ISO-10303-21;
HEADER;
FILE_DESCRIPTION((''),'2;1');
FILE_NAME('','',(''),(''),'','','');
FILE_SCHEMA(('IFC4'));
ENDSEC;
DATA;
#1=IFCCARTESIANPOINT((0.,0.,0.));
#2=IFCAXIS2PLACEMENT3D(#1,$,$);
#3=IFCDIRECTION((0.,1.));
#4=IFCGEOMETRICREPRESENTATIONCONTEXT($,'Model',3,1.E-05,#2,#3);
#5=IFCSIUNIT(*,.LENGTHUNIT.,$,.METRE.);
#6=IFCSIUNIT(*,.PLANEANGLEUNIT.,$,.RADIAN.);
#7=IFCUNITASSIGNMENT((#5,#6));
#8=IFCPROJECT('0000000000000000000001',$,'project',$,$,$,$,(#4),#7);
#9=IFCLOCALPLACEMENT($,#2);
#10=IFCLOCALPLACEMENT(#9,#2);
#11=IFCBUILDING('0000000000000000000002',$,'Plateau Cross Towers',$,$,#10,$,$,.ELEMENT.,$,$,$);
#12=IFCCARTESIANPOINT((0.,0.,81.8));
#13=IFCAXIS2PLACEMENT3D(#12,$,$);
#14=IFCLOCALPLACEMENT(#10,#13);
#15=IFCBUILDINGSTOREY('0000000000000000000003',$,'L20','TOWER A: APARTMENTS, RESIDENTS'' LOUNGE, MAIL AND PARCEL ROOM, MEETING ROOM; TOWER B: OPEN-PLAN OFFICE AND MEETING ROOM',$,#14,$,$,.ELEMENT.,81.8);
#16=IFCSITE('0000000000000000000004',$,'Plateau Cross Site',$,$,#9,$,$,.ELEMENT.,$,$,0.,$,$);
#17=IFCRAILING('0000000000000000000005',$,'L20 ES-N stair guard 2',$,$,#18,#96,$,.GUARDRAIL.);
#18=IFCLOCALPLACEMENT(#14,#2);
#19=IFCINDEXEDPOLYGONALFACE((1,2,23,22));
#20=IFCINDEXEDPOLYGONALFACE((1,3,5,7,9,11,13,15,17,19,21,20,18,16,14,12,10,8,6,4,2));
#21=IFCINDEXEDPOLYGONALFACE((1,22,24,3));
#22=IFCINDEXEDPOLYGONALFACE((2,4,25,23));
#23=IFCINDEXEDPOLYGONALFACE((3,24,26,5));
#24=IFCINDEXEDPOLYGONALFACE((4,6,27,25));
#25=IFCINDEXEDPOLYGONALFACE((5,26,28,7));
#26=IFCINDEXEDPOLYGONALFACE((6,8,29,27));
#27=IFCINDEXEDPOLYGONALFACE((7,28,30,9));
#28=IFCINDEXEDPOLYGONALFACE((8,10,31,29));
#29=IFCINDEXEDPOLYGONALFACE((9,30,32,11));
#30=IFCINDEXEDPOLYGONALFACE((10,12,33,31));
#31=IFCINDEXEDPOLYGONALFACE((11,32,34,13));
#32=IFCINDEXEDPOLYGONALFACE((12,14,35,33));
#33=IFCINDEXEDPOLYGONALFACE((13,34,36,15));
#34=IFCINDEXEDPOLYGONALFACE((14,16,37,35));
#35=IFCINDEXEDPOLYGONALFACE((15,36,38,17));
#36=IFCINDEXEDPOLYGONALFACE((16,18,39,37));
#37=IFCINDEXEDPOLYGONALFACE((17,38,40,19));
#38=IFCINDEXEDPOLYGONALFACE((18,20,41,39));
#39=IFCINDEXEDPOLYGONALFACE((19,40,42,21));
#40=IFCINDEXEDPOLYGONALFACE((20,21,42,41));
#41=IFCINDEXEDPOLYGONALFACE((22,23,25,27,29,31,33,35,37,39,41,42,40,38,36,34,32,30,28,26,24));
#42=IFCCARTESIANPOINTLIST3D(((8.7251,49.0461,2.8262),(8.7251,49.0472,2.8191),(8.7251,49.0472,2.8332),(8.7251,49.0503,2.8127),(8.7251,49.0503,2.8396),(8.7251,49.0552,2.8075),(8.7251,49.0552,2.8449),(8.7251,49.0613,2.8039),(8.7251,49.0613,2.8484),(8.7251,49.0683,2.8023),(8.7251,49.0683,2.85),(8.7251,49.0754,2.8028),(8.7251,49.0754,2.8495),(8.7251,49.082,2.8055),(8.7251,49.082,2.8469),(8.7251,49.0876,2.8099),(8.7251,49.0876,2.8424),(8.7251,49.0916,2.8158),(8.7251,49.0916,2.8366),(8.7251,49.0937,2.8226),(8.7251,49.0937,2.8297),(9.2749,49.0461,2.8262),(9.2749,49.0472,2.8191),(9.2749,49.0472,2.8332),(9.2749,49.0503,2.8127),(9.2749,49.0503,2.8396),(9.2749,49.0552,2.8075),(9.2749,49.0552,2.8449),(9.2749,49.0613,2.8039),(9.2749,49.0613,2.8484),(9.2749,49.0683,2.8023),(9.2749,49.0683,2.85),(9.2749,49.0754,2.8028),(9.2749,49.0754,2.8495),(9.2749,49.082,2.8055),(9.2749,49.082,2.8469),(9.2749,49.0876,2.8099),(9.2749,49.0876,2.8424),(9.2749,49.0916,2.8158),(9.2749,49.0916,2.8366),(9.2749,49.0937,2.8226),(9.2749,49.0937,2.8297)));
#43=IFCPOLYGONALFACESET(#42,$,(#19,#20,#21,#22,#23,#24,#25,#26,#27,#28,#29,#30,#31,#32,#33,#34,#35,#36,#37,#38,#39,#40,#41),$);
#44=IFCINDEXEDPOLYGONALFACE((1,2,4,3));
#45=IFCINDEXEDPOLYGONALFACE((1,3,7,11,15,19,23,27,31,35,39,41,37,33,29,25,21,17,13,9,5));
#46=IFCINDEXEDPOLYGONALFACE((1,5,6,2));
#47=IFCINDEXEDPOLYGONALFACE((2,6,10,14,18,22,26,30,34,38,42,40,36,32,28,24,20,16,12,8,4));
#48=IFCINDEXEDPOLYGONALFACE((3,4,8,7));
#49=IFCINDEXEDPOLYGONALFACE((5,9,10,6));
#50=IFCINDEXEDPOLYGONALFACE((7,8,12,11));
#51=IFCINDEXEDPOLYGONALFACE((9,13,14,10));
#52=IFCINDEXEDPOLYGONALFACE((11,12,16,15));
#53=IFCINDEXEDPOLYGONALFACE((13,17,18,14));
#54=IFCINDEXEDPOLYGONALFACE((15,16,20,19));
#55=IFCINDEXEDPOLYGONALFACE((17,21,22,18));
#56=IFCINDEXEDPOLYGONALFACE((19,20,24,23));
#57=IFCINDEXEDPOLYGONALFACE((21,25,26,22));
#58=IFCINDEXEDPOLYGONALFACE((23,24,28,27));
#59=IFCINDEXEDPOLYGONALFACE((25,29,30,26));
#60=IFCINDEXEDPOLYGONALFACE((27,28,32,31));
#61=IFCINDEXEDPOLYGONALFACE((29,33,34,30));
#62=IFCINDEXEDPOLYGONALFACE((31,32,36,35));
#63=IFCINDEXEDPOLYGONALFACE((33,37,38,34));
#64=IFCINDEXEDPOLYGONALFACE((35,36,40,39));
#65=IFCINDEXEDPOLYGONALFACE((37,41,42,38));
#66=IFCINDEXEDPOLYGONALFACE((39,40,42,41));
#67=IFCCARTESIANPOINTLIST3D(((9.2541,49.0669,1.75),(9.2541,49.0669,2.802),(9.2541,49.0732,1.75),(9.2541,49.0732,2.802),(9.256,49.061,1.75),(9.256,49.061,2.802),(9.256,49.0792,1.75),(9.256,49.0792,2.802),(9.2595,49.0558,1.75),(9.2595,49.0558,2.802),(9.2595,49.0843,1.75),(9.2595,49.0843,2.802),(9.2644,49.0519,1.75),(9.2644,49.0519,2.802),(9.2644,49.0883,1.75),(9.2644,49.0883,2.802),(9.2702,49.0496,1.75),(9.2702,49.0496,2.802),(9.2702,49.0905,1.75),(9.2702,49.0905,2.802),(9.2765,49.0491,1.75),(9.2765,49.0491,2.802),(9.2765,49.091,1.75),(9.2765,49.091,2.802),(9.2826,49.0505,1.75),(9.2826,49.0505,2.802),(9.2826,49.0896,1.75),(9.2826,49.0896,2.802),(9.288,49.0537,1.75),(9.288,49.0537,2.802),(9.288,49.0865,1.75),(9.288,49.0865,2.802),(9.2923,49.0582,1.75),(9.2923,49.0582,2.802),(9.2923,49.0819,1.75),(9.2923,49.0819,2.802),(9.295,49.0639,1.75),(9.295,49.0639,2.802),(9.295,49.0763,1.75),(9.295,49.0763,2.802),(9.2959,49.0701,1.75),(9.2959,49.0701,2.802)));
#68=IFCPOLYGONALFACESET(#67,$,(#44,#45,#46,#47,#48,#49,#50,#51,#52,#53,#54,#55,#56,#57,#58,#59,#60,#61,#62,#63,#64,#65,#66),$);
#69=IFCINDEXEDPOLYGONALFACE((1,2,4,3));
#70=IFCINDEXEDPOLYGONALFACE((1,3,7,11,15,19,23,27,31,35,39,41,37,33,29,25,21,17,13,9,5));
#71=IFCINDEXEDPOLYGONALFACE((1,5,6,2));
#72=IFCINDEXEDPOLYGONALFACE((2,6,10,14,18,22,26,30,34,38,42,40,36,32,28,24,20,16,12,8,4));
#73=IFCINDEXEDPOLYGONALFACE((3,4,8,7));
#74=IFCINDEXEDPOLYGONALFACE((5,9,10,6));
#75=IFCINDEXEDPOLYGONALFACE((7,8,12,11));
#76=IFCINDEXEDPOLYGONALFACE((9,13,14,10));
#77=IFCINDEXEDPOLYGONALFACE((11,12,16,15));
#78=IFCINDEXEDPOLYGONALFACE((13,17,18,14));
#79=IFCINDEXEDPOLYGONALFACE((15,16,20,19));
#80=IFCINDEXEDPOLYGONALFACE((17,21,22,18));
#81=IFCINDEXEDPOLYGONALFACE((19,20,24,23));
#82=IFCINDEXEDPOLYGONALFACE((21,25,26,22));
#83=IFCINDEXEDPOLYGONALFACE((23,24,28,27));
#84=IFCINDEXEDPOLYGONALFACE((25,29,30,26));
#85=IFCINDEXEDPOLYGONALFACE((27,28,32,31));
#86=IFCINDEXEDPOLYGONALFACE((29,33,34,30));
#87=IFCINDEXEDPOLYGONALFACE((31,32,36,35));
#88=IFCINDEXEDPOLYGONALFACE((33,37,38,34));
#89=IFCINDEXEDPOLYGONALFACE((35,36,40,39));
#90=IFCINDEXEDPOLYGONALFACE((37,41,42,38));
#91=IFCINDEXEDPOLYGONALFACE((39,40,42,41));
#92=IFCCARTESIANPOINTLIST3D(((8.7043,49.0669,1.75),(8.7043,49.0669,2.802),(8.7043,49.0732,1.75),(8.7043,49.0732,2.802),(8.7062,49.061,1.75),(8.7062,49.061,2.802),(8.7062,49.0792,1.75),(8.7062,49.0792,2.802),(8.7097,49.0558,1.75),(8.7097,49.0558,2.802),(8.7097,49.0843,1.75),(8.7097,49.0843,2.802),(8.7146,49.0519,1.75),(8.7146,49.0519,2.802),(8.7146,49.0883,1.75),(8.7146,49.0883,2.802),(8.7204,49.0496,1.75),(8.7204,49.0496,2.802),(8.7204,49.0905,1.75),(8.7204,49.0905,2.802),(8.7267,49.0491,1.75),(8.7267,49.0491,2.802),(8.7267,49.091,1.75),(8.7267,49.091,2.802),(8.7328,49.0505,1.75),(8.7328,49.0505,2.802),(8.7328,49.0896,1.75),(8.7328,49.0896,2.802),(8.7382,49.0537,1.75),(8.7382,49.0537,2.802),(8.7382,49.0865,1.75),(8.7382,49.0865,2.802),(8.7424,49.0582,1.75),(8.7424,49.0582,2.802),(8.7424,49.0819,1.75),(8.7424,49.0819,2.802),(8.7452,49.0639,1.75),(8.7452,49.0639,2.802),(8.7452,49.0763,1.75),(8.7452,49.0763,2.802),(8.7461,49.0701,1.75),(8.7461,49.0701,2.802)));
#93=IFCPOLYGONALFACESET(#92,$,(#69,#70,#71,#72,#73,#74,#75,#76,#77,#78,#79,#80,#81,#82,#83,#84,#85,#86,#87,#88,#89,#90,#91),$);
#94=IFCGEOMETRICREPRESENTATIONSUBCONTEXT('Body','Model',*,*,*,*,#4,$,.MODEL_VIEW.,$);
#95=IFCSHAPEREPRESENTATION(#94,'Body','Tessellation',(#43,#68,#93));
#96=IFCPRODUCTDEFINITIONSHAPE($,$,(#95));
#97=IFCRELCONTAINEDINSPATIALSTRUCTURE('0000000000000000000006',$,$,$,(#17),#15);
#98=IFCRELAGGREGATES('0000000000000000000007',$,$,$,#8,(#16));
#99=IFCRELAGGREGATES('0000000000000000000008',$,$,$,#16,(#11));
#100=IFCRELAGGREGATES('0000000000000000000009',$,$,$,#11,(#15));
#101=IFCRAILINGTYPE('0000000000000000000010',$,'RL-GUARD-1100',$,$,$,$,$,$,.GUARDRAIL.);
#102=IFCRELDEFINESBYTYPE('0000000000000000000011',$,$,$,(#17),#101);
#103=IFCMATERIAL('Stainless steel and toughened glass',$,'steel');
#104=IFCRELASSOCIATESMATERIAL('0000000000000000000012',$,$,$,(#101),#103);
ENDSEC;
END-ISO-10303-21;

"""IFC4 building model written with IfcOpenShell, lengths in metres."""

from ifc_helpers import new_model, si_unit, direction, frame, origin, origin_2d, place, context, subcontext, project, spatial, circle, extrude, material, type_object, element, save


model = new_model("IFC4")

# Units and contexts
model_context = context("Model", 3, precision=1e-05, world=origin(), true_north=direction((0.0, 1.0)))
body_context = subcontext(model_context, "Body", "Model", "MODEL_VIEW")
ifc_project = project(units=[si_unit("LENGTHUNIT", "METRE"), si_unit("PLANEANGLEUNIT", "RADIAN")], contexts=[model_context])

# Site, building, storey
site_placement = place(None, origin())
site = spatial("IfcSite", under=ifc_project, at=site_placement, Name="Plateau Cross Site", CompositionType="ELEMENT", RefElevation=0.0)
building_placement = place(site_placement, origin())
building = spatial("IfcBuilding", under=site, at=building_placement, Name="Plateau Cross Towers", CompositionType="ELEMENT")
storey_placement = place(building_placement, frame((0.0, 0.0, 81.8)))
storey = spatial("IfcBuildingStorey", under=building, at=storey_placement, Name="L20", Description="TOWER A: APARTMENTS, RESIDENTS' LOUNGE, MAIL AND PARCEL ROOM, MEETING ROOM; TOWER B: OPEN-PLAN OFFICE AND MEETING ROOM", CompositionType="ELEMENT", Elevation=81.8)

# Railing
ifc_material_1 = material(Name="Stainless steel and toughened glass", Category="steel")
railing_type_1 = type_object("IfcRailingType", Name="RL-GUARD-1100", PredefinedType="GUARDRAIL", material=ifc_material_1)
railing_1_placement = place(storey_placement, frame((9.2749, 49.0701, 1.75)))
element("IfcRailing", 1, at=railing_1_placement, inside=storey, type_object=railing_type_1, Name="L20 ES-N stair guard 2", PredefinedType="GUARDRAIL", context=body_context, shape_type="SweptSolid", body=[
    extrude(circle(Radius=0.0239, at=origin_2d()), frame((0.0, 0.0, 1.0762), z_axis=(-1.0, 0.0, 0.0), x_axis=(0.0, -1.0, 0.0)), (0.0, 0.0, 1.0), 0.5498),
    extrude(circle(Radius=0.021, at=origin_2d()), origin(), (0.0, 0.0, 1.0), 1.052),
    extrude(circle(Radius=0.021, at=origin_2d()), frame((-0.5498, 0.0, 0.0)), (0.0, 0.0, 1.0), 1.052),
])

save(model, "model.ifc")
